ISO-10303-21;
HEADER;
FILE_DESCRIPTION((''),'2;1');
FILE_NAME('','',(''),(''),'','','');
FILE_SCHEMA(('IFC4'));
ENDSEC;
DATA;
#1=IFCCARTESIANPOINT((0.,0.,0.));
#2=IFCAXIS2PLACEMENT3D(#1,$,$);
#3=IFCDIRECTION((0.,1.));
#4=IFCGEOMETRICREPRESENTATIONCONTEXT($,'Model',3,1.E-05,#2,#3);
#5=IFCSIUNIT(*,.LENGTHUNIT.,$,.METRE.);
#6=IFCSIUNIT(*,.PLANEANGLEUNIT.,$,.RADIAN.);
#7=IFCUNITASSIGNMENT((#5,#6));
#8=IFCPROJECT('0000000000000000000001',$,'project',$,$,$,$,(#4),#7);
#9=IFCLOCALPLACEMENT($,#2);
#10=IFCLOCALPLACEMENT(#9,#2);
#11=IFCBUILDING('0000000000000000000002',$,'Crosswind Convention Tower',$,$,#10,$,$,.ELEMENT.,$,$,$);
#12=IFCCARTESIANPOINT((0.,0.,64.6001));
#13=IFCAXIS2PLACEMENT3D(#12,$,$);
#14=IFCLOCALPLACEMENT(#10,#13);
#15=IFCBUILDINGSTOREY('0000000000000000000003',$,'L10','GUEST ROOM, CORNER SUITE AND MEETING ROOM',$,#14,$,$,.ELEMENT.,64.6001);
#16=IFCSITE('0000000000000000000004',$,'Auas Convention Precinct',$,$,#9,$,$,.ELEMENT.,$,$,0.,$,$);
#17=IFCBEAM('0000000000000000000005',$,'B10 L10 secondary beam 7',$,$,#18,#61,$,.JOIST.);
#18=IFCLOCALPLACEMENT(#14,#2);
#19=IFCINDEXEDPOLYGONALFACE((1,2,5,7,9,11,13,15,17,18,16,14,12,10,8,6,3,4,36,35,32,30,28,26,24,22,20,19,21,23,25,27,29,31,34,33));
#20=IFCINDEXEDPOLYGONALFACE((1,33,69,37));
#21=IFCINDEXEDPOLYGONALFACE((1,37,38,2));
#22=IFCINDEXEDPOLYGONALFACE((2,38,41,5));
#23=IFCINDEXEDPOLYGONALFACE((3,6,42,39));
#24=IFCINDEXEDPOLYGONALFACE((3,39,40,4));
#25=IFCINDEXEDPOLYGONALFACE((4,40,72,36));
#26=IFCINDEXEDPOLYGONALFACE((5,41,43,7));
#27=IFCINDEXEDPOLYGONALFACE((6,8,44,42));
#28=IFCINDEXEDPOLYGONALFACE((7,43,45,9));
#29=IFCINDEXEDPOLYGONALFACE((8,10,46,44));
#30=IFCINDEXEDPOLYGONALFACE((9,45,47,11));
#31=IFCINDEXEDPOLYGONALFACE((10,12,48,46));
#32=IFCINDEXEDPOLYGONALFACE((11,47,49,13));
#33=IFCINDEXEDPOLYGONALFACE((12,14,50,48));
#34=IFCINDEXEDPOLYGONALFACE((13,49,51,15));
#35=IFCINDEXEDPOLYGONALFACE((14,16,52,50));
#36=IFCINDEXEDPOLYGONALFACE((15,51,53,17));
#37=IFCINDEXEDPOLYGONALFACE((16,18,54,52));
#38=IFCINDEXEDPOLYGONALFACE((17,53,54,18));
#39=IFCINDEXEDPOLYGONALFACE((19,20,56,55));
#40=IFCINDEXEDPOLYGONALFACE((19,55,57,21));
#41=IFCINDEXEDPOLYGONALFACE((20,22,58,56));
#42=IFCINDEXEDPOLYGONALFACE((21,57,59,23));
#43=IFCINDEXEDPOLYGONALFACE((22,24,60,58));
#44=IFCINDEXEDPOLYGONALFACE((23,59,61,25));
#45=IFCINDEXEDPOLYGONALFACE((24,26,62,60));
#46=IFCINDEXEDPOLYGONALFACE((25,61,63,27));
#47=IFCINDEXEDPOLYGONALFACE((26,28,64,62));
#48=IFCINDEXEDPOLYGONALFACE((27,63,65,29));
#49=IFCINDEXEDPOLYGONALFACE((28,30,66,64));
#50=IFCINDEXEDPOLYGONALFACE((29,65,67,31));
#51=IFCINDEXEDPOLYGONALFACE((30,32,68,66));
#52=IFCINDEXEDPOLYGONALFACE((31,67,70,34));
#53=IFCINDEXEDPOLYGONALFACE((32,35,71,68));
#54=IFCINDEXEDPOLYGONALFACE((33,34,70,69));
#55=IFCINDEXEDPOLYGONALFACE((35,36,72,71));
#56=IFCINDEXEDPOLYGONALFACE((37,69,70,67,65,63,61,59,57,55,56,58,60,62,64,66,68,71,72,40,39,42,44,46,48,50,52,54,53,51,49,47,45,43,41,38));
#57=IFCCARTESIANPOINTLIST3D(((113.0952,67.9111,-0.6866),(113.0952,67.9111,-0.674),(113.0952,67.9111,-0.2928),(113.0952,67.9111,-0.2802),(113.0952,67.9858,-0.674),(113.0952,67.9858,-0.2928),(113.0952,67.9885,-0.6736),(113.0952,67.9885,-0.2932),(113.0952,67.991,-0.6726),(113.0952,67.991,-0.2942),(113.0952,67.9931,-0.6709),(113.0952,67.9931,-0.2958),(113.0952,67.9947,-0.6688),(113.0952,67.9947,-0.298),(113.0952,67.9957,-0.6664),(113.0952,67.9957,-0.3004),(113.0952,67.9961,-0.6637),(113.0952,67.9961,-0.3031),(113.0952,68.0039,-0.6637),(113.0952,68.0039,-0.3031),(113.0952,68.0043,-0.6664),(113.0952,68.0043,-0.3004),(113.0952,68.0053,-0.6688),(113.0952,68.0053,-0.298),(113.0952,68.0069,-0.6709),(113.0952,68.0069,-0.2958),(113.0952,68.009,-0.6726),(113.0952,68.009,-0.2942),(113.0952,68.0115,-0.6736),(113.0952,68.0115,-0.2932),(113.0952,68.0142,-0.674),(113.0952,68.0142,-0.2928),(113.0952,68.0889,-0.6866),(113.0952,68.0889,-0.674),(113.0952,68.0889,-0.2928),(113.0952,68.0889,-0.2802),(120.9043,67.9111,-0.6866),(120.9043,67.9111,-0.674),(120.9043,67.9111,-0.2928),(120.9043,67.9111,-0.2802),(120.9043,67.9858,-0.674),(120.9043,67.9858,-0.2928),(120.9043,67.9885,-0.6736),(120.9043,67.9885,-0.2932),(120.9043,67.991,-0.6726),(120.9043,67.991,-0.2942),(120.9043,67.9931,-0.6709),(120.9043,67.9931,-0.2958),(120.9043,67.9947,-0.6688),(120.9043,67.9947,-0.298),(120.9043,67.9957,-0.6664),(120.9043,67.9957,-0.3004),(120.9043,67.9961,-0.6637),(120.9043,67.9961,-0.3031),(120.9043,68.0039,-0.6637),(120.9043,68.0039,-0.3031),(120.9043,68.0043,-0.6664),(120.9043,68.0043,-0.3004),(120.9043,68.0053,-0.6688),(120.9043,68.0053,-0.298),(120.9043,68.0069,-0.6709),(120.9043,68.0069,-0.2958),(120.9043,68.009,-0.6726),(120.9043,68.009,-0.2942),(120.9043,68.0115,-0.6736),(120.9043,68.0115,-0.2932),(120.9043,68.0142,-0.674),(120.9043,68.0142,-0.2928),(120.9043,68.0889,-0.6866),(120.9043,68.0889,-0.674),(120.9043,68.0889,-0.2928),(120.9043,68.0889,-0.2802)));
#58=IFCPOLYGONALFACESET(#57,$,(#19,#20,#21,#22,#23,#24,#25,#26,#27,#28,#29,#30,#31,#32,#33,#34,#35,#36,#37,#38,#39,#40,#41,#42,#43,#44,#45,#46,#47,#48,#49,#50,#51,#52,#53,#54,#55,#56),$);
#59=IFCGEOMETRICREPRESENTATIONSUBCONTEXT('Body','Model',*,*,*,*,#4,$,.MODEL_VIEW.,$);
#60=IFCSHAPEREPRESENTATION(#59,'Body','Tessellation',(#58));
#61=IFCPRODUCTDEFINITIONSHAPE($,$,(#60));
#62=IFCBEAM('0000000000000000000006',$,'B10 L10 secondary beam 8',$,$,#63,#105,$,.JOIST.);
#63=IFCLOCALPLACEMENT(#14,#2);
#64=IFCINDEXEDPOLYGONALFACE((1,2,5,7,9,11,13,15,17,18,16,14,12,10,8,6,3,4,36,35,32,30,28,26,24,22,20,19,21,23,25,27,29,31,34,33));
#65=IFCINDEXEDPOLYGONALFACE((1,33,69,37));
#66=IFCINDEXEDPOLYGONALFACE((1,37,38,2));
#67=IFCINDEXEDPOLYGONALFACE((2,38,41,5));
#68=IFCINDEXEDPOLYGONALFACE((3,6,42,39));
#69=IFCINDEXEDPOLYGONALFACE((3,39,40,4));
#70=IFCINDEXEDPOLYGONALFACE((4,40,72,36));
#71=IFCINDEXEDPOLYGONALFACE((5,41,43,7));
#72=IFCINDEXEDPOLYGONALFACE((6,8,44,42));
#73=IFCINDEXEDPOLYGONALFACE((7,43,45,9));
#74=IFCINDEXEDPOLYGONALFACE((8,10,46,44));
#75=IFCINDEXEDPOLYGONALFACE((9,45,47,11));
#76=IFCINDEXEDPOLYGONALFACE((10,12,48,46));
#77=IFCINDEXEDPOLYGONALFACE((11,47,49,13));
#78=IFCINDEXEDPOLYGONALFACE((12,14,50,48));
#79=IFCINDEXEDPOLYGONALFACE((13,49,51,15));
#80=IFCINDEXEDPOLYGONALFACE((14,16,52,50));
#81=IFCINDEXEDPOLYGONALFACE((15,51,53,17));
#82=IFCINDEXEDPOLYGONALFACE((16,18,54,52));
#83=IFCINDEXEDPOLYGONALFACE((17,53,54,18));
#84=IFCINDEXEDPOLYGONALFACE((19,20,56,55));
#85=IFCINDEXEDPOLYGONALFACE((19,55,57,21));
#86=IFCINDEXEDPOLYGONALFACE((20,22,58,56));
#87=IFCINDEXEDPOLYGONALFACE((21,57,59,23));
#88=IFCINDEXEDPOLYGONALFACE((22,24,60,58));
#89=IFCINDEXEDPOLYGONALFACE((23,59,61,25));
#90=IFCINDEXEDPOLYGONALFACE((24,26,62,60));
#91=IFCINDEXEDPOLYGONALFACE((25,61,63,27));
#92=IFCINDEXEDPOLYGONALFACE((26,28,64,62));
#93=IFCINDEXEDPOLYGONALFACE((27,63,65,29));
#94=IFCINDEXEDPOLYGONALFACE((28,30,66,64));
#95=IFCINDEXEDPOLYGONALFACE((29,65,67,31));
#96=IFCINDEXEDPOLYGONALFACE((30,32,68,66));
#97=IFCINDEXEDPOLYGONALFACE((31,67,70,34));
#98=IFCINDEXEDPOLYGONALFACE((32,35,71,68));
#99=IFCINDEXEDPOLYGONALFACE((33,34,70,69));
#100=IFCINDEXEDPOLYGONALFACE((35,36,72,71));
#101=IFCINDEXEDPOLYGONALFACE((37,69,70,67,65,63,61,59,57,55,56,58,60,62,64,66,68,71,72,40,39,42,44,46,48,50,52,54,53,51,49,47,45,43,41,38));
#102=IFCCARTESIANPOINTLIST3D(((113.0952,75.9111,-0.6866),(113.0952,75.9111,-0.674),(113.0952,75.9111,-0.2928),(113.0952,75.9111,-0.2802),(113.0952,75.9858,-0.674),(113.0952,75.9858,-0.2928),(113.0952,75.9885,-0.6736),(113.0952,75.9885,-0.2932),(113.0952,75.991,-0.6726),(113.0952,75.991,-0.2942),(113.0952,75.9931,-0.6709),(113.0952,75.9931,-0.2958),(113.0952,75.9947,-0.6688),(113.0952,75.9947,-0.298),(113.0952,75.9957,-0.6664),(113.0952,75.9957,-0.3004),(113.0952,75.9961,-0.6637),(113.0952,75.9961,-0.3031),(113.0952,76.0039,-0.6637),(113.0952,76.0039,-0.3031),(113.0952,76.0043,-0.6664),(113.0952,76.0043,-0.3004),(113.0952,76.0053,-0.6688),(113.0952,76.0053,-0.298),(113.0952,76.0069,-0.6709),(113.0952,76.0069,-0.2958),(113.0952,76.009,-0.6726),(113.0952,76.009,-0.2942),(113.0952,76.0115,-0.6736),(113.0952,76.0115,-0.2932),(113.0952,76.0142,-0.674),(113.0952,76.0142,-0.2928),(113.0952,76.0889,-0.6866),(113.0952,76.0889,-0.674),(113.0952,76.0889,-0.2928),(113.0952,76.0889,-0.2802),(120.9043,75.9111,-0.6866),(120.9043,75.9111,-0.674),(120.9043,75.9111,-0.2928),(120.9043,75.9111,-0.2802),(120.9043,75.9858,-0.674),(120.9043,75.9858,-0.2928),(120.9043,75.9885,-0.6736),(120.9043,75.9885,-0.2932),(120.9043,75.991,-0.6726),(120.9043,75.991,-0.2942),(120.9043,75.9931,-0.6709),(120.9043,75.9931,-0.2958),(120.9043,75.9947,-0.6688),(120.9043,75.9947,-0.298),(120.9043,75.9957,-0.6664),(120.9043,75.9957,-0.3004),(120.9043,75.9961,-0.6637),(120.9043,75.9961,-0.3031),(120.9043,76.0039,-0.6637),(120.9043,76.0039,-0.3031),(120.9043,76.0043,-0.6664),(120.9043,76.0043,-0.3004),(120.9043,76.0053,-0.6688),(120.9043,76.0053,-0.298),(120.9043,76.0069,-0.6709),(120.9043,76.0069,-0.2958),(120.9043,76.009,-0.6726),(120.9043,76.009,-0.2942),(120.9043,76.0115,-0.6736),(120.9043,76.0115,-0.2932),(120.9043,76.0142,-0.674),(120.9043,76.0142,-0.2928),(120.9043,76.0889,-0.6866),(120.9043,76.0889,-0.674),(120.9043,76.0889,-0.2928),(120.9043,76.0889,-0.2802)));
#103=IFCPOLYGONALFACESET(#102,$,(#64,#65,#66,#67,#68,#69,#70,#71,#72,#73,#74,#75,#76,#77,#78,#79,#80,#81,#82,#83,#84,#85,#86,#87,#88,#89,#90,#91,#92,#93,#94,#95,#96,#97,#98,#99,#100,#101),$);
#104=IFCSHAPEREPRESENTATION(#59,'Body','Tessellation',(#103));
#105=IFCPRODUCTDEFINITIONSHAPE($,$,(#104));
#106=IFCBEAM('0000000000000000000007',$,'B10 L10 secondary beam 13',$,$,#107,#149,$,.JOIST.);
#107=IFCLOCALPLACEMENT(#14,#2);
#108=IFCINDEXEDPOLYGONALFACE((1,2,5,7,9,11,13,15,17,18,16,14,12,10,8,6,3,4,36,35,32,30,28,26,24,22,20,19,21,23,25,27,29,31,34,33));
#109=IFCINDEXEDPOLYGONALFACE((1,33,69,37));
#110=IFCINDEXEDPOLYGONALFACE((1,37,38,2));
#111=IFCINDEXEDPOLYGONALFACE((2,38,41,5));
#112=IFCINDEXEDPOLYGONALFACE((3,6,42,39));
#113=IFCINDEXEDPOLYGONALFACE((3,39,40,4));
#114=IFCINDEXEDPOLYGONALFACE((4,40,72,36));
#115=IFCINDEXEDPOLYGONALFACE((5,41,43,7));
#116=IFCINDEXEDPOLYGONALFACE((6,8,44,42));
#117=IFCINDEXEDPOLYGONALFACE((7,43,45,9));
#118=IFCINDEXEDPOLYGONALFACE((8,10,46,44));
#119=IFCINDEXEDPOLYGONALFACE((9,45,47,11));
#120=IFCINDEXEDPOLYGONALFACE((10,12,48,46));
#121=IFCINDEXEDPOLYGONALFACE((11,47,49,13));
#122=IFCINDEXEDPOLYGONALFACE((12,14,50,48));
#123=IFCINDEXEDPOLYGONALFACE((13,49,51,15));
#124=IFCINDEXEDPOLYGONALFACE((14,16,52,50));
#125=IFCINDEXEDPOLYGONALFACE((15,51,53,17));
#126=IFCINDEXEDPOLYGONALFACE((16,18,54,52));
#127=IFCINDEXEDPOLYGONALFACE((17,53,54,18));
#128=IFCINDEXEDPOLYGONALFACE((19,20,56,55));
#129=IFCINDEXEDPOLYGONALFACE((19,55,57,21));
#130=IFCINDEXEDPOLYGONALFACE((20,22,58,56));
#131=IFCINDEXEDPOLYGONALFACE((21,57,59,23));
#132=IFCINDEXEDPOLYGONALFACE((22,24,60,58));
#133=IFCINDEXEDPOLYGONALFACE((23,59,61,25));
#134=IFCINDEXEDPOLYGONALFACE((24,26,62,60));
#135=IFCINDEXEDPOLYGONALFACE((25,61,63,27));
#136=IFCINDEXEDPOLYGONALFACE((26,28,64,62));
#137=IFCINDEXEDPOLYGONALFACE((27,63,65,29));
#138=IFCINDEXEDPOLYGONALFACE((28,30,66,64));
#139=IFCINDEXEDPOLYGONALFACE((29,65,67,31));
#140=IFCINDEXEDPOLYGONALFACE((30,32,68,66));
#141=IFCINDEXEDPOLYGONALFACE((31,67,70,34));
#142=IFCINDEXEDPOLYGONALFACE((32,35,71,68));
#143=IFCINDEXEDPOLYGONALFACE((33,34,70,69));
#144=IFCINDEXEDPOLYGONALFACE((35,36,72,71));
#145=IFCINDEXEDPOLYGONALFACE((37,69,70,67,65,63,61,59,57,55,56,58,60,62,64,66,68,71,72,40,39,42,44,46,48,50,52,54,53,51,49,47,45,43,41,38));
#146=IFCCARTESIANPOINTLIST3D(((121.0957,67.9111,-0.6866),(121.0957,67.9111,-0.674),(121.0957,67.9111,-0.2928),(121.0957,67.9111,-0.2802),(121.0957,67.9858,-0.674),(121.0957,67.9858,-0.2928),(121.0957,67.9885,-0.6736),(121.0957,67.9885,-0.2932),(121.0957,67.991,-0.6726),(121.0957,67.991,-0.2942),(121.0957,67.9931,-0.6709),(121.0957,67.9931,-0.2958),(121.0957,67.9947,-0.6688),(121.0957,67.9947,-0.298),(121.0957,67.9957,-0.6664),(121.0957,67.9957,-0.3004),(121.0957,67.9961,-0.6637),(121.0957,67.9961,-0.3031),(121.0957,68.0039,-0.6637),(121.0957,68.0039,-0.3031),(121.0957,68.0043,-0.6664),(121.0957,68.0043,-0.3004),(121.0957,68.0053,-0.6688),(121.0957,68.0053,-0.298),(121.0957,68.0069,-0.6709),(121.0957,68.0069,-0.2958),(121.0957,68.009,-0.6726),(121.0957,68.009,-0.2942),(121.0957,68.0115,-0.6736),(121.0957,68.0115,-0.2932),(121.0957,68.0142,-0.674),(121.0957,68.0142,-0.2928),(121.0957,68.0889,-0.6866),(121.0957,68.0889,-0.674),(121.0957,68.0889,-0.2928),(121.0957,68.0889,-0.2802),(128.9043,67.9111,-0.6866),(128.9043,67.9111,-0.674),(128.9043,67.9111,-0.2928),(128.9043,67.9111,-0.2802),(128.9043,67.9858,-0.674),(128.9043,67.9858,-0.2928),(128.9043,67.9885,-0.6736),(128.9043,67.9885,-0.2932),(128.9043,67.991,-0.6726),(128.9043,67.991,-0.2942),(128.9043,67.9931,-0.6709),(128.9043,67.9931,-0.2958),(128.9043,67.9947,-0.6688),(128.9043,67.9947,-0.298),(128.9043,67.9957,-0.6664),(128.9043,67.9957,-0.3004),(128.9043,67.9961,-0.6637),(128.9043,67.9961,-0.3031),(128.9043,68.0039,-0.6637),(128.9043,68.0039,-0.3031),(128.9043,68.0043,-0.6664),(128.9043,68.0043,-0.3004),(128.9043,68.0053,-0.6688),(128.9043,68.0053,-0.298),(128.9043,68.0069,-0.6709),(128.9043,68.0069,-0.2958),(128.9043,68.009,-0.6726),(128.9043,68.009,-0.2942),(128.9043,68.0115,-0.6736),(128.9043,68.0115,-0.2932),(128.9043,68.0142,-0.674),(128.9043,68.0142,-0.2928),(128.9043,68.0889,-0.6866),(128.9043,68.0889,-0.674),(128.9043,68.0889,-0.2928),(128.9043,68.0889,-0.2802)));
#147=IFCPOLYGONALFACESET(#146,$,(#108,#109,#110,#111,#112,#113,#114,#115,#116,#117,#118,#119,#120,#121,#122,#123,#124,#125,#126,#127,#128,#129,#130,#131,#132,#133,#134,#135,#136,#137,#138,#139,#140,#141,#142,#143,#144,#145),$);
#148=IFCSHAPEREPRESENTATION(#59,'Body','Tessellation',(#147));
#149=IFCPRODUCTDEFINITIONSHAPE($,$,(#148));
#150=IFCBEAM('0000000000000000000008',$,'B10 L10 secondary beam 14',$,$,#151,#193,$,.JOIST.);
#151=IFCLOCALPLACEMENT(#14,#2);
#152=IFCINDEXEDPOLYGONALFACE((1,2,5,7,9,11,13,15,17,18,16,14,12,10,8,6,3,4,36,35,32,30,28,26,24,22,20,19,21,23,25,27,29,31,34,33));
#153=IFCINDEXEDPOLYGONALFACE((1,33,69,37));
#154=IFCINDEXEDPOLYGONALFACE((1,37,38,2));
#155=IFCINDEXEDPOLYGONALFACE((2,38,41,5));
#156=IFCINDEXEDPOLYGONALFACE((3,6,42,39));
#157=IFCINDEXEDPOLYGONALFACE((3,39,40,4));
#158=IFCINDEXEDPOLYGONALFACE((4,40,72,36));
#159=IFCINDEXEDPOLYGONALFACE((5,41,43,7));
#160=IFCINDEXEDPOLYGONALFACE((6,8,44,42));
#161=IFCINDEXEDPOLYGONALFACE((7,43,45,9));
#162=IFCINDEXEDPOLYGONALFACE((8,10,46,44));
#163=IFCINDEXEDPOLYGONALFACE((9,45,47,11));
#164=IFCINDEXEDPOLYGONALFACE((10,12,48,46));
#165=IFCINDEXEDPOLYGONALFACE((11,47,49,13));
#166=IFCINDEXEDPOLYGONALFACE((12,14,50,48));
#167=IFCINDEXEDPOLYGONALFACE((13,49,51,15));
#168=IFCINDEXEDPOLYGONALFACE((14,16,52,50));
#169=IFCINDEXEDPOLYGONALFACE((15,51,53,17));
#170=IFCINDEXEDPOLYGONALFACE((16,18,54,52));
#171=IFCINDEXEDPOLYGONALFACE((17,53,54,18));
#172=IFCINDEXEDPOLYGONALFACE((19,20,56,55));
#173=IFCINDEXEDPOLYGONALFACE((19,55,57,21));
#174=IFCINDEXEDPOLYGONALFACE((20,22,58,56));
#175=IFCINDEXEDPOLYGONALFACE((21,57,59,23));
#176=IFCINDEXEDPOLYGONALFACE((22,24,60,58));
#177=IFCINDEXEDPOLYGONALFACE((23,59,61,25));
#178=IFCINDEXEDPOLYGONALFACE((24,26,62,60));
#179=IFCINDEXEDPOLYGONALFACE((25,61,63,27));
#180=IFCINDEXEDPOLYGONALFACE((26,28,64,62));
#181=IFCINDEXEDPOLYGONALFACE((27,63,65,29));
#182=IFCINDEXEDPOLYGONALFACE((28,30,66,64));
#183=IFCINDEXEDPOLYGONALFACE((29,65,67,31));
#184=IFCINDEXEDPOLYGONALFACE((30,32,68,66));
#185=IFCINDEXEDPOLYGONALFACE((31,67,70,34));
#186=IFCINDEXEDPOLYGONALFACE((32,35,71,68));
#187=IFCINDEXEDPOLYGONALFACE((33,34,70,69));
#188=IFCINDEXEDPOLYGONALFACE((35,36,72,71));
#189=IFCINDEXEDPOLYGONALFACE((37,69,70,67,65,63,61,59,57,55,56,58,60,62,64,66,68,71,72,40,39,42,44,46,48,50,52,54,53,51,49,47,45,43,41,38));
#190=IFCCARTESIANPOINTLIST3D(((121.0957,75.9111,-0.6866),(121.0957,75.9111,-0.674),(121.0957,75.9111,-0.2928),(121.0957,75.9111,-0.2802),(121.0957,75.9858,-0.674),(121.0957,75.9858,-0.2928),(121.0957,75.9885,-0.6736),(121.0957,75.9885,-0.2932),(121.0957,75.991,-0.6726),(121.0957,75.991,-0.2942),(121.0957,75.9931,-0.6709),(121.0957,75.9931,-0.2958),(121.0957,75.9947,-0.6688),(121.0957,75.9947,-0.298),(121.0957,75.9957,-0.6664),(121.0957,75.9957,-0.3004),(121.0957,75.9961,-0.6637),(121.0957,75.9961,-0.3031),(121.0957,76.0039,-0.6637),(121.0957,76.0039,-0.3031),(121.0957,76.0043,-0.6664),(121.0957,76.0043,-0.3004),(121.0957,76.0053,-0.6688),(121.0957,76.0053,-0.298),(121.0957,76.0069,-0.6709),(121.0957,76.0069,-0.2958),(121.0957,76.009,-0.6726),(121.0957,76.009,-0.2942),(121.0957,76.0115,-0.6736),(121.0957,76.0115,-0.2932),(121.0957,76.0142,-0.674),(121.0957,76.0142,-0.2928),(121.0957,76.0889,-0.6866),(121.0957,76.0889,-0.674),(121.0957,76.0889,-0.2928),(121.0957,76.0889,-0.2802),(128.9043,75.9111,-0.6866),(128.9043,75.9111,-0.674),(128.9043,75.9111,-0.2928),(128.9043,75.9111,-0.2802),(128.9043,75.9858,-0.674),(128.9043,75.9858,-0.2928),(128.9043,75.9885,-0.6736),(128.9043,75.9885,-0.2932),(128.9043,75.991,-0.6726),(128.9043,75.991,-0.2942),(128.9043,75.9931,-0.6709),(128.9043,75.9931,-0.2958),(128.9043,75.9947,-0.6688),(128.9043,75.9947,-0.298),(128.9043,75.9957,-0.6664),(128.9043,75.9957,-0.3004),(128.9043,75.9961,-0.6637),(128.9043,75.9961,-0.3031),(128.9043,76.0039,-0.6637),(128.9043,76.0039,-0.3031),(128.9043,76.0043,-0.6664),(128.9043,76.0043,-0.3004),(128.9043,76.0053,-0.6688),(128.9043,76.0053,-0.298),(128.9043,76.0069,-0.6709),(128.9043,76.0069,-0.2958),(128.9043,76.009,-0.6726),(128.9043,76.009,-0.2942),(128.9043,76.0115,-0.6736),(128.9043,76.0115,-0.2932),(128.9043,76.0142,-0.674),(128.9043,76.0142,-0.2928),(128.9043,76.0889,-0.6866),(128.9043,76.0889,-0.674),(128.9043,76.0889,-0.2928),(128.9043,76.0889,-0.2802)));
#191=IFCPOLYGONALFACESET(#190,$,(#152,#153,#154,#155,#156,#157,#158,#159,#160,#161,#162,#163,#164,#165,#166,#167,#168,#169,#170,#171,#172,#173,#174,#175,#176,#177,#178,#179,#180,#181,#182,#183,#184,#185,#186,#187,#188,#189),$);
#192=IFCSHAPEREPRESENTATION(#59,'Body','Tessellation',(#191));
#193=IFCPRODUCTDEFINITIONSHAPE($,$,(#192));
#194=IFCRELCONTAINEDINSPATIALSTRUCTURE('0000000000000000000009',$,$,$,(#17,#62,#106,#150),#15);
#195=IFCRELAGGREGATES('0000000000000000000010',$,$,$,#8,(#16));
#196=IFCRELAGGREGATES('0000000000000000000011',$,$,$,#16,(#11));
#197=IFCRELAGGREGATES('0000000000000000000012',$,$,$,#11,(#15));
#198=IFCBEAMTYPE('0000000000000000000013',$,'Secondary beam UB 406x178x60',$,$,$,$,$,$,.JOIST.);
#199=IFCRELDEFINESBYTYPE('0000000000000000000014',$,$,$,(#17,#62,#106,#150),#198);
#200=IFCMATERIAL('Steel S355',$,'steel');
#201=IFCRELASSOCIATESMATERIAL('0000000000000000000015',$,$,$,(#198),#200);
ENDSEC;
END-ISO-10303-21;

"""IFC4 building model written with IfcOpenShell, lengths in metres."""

from ifc_helpers import new_model, si_unit, direction, frame, origin, origin_2d, place, context, subcontext, project, spatial, i_section, extrude, material, material_profile, profile_set, type_object, element, save


model = new_model("IFC4")

# Units and contexts
model_context = context("Model", 3, precision=1e-05, world=origin(), true_north=direction((0.0, 1.0)))
body_context = subcontext(model_context, "Body", "Model", "MODEL_VIEW")
ifc_project = project(units=[si_unit("LENGTHUNIT", "METRE"), si_unit("PLANEANGLEUNIT", "RADIAN")], contexts=[model_context])

# Site, building, storey
site_placement = place(None, origin())
site = spatial("IfcSite", under=ifc_project, at=site_placement, Name="Auas Convention Precinct", CompositionType="ELEMENT", RefElevation=0.0)
building_placement = place(site_placement, origin())
building = spatial("IfcBuilding", under=site, at=building_placement, Name="Crosswind Convention Tower", CompositionType="ELEMENT")
storey_placement = place(building_placement, frame((0.0, 0.0, 64.6001)))
storey = spatial("IfcBuildingStorey", under=building, at=storey_placement, Name="L10", Description="GUEST ROOM, CORNER SUITE AND MEETING ROOM", CompositionType="ELEMENT", Elevation=64.6001)

# Beams
ifc_material_1 = material(Name="Steel S355", Category="steel")
ifc_material_profile_1 = material_profile(ifc_material_1, i_section(OverallWidth=0.1777, OverallDepth=0.4065, WebThickness=0.0078, FlangeThickness=0.0127, FilletRadius=0.0103, at=origin_2d()), Name="UB 406x178x60")
ifc_profile_set_1 = profile_set([ifc_material_profile_1], Name="Steel S355")
beam_type_1 = type_object("IfcBeamType", Name="Secondary beam UB 406x178x60", PredefinedType="JOIST", material=ifc_profile_set_1)
for number, where, z_axis, x_axis, name in (
    (1, (113.0952, 68.0, -0.4834), (1.0, 0.0, 0.0), (0.0, 1.0, 0.0), "B10 L10 secondary beam 7"),
    (2, (113.0952, 76.0, -0.4834), (1.0, 0.0, 0.0), (0.0, 1.0, 0.0), "B10 L10 secondary beam 8"),
):
    element("IfcBeam", number, at=place(storey_placement, frame(where, z_axis=z_axis, x_axis=x_axis)), inside=storey, type_object=beam_type_1, Name=name, PredefinedType="JOIST", context=body_context, shape_type="SweptSolid", body=[
        extrude(i_section(OverallWidth=0.1777, OverallDepth=0.4065, WebThickness=0.0078, FlangeThickness=0.0127, FilletRadius=0.0103, at=origin_2d()), origin(), (0.0, 0.0, 1.0), 7.8091),
    ])
for number, where, z_axis, x_axis, name in (
    (3, (121.0957, 68.0, -0.4834), (1.0, 0.0, 0.0), (0.0, 1.0, 0.0), "B10 L10 secondary beam 13"),
    (4, (121.0957, 76.0, -0.4834), (1.0, 0.0, 0.0), (0.0, 1.0, 0.0), "B10 L10 secondary beam 14"),
):
    element("IfcBeam", number, at=place(storey_placement, frame(where, z_axis=z_axis, x_axis=x_axis)), inside=storey, type_object=beam_type_1, Name=name, PredefinedType="JOIST", context=body_context, shape_type="SweptSolid", body=[
        extrude(i_section(OverallWidth=0.1777, OverallDepth=0.4065, WebThickness=0.0078, FlangeThickness=0.0127, FilletRadius=0.0103, at=origin_2d()), origin(), (0.0, 0.0, 1.0), 7.8086),
    ])

save(model, "model.ifc")
